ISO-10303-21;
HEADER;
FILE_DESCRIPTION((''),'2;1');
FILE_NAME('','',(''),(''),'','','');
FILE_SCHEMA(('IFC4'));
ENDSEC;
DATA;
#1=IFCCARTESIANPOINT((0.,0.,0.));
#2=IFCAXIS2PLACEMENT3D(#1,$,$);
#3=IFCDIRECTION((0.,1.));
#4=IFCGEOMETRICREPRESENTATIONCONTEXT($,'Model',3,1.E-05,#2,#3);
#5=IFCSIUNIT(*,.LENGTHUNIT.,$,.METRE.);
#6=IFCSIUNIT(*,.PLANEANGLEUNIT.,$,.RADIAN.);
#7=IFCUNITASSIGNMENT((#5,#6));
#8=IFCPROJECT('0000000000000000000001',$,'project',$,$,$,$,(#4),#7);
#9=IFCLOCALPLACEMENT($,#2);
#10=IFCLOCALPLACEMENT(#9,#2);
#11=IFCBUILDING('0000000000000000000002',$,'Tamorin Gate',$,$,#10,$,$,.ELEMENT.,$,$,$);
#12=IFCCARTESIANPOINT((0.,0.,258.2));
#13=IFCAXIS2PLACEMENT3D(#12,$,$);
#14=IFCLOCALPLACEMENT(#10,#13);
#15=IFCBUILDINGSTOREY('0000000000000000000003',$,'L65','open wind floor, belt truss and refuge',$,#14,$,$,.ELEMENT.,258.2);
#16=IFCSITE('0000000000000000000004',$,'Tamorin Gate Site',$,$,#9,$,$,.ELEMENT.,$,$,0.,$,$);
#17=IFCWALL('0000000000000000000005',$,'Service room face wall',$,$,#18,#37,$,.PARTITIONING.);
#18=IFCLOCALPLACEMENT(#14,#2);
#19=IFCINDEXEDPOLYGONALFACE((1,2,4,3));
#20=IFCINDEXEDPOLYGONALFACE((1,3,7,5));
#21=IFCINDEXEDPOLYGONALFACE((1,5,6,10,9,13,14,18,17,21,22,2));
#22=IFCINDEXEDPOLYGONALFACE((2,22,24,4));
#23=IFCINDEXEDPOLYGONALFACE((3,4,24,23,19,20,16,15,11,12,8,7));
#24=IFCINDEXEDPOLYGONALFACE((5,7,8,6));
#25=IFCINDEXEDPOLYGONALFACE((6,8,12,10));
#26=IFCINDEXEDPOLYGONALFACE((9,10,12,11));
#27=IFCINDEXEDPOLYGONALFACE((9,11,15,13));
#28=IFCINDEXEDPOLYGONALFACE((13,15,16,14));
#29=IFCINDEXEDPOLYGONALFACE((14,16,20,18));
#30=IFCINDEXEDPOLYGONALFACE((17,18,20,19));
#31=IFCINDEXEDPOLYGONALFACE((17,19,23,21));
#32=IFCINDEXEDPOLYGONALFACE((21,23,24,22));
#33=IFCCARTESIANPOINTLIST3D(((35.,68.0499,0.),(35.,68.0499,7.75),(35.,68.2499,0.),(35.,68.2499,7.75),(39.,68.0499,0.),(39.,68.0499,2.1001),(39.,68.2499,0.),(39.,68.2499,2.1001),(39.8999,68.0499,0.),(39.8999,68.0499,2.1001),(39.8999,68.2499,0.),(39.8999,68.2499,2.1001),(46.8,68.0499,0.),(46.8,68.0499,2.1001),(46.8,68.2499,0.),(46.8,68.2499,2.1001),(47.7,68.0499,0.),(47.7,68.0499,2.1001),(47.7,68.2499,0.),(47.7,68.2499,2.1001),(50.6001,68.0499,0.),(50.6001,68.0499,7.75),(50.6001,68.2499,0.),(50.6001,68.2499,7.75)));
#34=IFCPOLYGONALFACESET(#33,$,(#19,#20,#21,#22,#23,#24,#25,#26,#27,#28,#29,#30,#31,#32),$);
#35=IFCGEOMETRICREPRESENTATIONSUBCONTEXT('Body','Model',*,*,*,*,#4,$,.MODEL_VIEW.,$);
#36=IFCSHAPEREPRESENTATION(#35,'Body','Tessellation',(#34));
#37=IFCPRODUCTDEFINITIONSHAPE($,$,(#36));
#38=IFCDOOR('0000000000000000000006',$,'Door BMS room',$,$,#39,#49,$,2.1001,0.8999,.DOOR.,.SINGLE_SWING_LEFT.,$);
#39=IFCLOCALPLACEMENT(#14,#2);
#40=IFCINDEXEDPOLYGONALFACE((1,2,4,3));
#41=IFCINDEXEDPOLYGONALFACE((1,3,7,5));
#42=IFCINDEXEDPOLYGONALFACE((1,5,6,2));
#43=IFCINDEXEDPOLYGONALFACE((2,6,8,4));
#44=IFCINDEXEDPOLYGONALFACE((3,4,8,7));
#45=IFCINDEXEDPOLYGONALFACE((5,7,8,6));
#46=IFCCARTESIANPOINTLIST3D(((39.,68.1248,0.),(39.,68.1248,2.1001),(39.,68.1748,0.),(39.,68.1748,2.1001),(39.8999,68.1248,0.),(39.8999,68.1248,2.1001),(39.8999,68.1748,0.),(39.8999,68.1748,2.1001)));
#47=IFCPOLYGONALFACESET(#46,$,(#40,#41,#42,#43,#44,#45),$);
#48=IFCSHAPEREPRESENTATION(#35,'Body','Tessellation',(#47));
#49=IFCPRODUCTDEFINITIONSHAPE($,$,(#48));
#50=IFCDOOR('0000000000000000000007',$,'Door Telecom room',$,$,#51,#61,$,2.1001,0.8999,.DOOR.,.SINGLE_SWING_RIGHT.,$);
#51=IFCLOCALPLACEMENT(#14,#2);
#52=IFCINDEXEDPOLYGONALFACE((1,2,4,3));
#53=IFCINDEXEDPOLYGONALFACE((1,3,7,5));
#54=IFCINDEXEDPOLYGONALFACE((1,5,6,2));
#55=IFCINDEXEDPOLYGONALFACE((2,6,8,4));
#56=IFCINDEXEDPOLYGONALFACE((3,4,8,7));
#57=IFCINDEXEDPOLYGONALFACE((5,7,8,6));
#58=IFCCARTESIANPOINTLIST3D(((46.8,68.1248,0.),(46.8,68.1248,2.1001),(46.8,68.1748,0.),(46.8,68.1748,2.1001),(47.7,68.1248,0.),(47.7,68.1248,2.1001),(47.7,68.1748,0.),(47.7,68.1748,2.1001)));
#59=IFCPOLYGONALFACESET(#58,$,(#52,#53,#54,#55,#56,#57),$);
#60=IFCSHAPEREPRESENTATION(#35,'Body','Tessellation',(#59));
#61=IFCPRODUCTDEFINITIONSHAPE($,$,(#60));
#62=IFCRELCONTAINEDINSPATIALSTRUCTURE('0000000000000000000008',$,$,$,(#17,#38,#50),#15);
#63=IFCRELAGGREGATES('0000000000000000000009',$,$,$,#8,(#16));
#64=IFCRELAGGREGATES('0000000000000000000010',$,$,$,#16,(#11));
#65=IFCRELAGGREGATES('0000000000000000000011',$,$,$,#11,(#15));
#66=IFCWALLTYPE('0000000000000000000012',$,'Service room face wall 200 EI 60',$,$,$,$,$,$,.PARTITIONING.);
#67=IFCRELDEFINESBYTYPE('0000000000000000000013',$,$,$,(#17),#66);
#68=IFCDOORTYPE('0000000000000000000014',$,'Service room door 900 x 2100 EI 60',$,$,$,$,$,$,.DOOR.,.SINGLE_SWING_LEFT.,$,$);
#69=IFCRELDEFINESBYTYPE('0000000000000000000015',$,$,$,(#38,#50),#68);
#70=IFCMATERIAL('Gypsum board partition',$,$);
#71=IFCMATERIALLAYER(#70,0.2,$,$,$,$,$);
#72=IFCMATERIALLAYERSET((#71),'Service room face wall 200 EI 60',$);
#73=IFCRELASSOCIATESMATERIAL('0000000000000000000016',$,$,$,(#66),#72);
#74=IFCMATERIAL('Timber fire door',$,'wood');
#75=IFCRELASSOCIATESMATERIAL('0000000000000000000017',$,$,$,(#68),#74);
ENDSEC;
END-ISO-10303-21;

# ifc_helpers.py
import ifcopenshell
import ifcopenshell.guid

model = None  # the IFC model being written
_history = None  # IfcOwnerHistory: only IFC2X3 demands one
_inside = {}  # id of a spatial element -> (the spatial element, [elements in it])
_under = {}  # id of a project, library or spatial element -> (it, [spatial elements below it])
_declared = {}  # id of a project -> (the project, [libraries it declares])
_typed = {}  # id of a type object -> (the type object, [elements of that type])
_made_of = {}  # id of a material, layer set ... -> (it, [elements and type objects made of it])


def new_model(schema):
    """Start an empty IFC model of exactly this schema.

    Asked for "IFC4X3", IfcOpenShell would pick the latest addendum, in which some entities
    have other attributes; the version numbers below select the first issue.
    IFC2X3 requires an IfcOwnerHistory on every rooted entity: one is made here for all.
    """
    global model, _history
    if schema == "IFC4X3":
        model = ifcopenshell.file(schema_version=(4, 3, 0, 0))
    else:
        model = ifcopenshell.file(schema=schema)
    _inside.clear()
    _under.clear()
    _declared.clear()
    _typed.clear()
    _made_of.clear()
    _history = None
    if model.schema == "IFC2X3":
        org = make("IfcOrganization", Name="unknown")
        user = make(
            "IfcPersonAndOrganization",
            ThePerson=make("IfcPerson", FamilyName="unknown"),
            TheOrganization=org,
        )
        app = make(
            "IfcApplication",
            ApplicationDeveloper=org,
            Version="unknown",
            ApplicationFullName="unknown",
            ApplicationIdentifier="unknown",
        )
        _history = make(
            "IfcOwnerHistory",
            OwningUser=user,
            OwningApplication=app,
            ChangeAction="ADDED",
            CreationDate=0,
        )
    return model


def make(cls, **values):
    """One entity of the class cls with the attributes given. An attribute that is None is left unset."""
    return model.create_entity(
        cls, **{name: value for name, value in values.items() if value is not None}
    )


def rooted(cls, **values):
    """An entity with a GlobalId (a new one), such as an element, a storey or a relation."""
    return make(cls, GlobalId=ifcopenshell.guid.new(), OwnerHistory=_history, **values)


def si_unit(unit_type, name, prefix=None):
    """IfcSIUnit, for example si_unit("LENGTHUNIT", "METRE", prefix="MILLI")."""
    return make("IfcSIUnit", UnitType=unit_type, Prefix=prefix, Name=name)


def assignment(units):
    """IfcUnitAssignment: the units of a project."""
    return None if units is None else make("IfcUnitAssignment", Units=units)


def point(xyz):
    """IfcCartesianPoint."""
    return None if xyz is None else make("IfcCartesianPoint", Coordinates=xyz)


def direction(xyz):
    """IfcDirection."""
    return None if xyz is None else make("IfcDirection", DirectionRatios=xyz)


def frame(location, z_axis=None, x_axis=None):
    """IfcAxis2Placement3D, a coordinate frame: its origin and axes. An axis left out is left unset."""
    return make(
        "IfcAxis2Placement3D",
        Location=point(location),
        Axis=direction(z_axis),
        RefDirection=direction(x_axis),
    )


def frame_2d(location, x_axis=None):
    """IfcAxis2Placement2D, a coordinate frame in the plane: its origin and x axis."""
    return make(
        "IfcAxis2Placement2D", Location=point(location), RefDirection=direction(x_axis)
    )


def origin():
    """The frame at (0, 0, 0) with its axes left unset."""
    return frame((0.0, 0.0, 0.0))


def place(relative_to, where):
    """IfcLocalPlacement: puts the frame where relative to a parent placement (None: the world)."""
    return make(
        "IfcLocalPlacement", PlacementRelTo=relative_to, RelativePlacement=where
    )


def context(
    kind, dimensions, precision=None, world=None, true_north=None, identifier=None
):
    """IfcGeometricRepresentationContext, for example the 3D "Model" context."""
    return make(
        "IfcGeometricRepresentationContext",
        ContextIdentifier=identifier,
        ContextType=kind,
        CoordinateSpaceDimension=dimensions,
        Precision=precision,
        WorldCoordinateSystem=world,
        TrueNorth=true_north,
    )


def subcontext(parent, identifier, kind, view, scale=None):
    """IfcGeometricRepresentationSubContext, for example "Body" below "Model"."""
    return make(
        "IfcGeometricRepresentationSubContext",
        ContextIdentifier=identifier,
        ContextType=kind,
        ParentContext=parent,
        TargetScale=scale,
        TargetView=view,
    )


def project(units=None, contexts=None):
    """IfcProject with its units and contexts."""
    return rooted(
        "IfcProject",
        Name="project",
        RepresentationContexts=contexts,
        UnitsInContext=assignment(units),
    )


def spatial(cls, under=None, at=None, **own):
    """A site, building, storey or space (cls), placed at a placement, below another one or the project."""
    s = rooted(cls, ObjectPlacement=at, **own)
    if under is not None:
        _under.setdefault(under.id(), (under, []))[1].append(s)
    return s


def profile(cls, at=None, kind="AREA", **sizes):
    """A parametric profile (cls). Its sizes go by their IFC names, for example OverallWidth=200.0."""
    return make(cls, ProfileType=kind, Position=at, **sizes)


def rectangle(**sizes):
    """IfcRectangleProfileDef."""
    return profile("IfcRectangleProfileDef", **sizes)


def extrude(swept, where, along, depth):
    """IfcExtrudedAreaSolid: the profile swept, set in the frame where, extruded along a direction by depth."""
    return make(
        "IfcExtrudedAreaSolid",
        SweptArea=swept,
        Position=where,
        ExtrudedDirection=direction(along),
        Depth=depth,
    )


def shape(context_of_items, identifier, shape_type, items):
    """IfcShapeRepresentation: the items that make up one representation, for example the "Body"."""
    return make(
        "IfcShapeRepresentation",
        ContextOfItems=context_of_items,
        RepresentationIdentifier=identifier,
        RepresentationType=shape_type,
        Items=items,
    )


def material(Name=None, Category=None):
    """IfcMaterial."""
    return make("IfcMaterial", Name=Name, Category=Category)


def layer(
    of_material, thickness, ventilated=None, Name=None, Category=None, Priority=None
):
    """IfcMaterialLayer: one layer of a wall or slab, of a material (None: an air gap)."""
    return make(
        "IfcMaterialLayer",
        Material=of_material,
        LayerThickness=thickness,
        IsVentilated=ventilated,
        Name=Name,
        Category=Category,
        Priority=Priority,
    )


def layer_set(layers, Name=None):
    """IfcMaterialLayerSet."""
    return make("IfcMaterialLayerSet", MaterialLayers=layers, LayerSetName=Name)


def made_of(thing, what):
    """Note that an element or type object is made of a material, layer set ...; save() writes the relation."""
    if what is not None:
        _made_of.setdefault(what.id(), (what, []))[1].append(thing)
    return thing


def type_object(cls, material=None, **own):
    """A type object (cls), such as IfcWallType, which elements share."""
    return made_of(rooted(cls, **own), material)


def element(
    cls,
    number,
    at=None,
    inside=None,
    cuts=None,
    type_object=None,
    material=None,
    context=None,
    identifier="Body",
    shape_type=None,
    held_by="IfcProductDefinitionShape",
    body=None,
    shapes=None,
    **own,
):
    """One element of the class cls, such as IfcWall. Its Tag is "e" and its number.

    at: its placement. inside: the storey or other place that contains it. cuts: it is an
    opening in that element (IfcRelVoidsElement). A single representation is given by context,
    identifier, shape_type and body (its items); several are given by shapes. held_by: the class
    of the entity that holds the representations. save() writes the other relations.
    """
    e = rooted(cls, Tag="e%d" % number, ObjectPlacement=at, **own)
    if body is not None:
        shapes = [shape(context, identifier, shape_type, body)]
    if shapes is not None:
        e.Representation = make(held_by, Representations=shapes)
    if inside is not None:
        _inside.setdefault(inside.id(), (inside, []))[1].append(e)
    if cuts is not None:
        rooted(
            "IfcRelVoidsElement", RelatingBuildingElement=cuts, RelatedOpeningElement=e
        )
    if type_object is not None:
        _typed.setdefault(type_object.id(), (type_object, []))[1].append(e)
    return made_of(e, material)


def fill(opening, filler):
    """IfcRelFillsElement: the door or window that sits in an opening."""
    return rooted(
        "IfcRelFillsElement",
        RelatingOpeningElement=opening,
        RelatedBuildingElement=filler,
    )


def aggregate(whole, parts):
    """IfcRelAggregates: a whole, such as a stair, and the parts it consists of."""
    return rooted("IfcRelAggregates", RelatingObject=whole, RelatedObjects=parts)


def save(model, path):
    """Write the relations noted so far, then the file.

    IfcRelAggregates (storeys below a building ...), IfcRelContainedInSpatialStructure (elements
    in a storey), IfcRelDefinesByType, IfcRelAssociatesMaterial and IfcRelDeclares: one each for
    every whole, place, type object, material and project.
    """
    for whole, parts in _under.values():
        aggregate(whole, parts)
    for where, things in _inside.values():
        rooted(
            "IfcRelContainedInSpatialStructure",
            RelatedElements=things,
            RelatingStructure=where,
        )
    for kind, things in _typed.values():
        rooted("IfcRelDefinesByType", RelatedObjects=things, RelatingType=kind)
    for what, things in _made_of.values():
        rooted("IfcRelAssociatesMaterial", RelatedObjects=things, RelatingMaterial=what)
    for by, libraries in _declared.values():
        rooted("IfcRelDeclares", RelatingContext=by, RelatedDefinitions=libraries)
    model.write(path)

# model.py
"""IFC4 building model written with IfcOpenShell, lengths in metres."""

from ifc_helpers import new_model, si_unit, direction, frame, frame_2d, origin, place, context, subcontext, project, spatial, rectangle, extrude, material, layer, layer_set, type_object, element, fill, save


model = new_model("IFC4")

# Units and contexts
model_context = context("Model", 3, precision=1e-05, world=origin(), true_north=direction((0.0, 1.0)))
body_context = subcontext(model_context, "Body", "Model", "MODEL_VIEW")
ifc_project = project(units=[si_unit("LENGTHUNIT", "METRE"), si_unit("PLANEANGLEUNIT", "RADIAN")], contexts=[model_context])

# Site, building, storey
site_placement = place(None, origin())
site = spatial("IfcSite", under=ifc_project, at=site_placement, Name="Tamorin Gate Site", CompositionType="ELEMENT", RefElevation=0.0)
building_placement = place(site_placement, origin())
building = spatial("IfcBuilding", under=site, at=building_placement, Name="Tamorin Gate", CompositionType="ELEMENT")
storey_placement = place(building_placement, frame((0.0, 0.0, 258.2)))
storey = spatial("IfcBuildingStorey", under=building, at=storey_placement, Name="L65", Description="open wind floor, belt truss and refuge", CompositionType="ELEMENT", Elevation=258.2)

# Wall, openings, doors
ifc_material_1 = material(Name="Gypsum board partition")
ifc_layer_1 = layer(ifc_material_1, 0.2)
ifc_layer_set_1 = layer_set([ifc_layer_1], Name="Service room face wall 200 EI 60")
wall_type_1 = type_object("IfcWallType", Name="Service room face wall 200 EI 60", PredefinedType="PARTITIONING", material=ifc_layer_set_1)
wall_1_placement = place(storey_placement, frame((35.0, 68.1499, 0.0), z_axis=(0.0, 0.0, 1.0), x_axis=(1.0, 0.0, 0.0)))
wall_1 = element("IfcWall", 1, at=wall_1_placement, inside=storey, type_object=wall_type_1, Name="Service room face wall", PredefinedType="PARTITIONING", context=body_context, shape_type="SweptSolid", body=[
    extrude(rectangle(XDim=15.6001, YDim=0.2, at=frame_2d((7.8, 0.0))), origin(), (0.0, 0.0, 1.0), 7.75),
])
opening_1_placement = place(wall_1_placement, frame((4.0, 0.0, 0.0)))
opening_1 = element("IfcOpeningElement", 2, at=opening_1_placement, cuts=wall_1, PredefinedType="OPENING", context=body_context, shape_type="SweptSolid", body=[
    extrude(rectangle(XDim=0.8999, YDim=2.1001, at=frame_2d((0.45, 1.05))), frame((0.0, 0.1099, 0.0), z_axis=(0.0, -1.0, 0.0), x_axis=(1.0, 0.0, 0.0)), (0.0, 0.0, 1.0), 0.22),
])
opening_2_placement = place(wall_1_placement, frame((11.8, 0.0, 0.0)))
opening_2 = element("IfcOpeningElement", 3, at=opening_2_placement, cuts=wall_1, PredefinedType="OPENING", context=body_context, shape_type="SweptSolid", body=[
    extrude(rectangle(XDim=0.8999, YDim=2.1001, at=frame_2d((0.45, 1.05))), frame((0.0, 0.1099, 0.0), z_axis=(0.0, -1.0, 0.0), x_axis=(1.0, 0.0, 0.0)), (0.0, 0.0, 1.0), 0.22),
])
ifc_material_2 = material(Name="Timber fire door", Category="wood")
door_type_1 = type_object("IfcDoorType", Name="Service room door 900 x 2100 EI 60", OperationType="SINGLE_SWING_LEFT", PredefinedType="DOOR", material=ifc_material_2)
door_1_placement = place(opening_1_placement, origin())
door_1 = element("IfcDoor", 4, at=door_1_placement, inside=storey, type_object=door_type_1, Name="Door BMS room", OperationType="SINGLE_SWING_LEFT", OverallHeight=2.1001, OverallWidth=0.8999, PredefinedType="DOOR", context=body_context, shape_type="SweptSolid", body=[
    extrude(rectangle(XDim=0.8999, YDim=2.1001, at=frame_2d((0.45, 1.05))), frame((0.0, 0.0249, 0.0), z_axis=(0.0, -1.0, 0.0), x_axis=(1.0, 0.0, 0.0)), (0.0, 0.0, 1.0), 0.05),
])
fill(opening_1, door_1)
door_2_placement = place(opening_2_placement, origin())
door_2 = element("IfcDoor", 5, at=door_2_placement, inside=storey, type_object=door_type_1, Name="Door Telecom room", OperationType="SINGLE_SWING_RIGHT", OverallHeight=2.1001, OverallWidth=0.8999, PredefinedType="DOOR", context=body_context, shape_type="SweptSolid", body=[
    extrude(rectangle(XDim=0.8999, YDim=2.1001, at=frame_2d((0.45, 1.05))), frame((0.0, 0.0249, 0.0), z_axis=(0.0, -1.0, 0.0), x_axis=(1.0, 0.0, 0.0)), (0.0, 0.0, 1.0), 0.05),
])
fill(opening_2, door_2)

save(model, "model.ifc")
